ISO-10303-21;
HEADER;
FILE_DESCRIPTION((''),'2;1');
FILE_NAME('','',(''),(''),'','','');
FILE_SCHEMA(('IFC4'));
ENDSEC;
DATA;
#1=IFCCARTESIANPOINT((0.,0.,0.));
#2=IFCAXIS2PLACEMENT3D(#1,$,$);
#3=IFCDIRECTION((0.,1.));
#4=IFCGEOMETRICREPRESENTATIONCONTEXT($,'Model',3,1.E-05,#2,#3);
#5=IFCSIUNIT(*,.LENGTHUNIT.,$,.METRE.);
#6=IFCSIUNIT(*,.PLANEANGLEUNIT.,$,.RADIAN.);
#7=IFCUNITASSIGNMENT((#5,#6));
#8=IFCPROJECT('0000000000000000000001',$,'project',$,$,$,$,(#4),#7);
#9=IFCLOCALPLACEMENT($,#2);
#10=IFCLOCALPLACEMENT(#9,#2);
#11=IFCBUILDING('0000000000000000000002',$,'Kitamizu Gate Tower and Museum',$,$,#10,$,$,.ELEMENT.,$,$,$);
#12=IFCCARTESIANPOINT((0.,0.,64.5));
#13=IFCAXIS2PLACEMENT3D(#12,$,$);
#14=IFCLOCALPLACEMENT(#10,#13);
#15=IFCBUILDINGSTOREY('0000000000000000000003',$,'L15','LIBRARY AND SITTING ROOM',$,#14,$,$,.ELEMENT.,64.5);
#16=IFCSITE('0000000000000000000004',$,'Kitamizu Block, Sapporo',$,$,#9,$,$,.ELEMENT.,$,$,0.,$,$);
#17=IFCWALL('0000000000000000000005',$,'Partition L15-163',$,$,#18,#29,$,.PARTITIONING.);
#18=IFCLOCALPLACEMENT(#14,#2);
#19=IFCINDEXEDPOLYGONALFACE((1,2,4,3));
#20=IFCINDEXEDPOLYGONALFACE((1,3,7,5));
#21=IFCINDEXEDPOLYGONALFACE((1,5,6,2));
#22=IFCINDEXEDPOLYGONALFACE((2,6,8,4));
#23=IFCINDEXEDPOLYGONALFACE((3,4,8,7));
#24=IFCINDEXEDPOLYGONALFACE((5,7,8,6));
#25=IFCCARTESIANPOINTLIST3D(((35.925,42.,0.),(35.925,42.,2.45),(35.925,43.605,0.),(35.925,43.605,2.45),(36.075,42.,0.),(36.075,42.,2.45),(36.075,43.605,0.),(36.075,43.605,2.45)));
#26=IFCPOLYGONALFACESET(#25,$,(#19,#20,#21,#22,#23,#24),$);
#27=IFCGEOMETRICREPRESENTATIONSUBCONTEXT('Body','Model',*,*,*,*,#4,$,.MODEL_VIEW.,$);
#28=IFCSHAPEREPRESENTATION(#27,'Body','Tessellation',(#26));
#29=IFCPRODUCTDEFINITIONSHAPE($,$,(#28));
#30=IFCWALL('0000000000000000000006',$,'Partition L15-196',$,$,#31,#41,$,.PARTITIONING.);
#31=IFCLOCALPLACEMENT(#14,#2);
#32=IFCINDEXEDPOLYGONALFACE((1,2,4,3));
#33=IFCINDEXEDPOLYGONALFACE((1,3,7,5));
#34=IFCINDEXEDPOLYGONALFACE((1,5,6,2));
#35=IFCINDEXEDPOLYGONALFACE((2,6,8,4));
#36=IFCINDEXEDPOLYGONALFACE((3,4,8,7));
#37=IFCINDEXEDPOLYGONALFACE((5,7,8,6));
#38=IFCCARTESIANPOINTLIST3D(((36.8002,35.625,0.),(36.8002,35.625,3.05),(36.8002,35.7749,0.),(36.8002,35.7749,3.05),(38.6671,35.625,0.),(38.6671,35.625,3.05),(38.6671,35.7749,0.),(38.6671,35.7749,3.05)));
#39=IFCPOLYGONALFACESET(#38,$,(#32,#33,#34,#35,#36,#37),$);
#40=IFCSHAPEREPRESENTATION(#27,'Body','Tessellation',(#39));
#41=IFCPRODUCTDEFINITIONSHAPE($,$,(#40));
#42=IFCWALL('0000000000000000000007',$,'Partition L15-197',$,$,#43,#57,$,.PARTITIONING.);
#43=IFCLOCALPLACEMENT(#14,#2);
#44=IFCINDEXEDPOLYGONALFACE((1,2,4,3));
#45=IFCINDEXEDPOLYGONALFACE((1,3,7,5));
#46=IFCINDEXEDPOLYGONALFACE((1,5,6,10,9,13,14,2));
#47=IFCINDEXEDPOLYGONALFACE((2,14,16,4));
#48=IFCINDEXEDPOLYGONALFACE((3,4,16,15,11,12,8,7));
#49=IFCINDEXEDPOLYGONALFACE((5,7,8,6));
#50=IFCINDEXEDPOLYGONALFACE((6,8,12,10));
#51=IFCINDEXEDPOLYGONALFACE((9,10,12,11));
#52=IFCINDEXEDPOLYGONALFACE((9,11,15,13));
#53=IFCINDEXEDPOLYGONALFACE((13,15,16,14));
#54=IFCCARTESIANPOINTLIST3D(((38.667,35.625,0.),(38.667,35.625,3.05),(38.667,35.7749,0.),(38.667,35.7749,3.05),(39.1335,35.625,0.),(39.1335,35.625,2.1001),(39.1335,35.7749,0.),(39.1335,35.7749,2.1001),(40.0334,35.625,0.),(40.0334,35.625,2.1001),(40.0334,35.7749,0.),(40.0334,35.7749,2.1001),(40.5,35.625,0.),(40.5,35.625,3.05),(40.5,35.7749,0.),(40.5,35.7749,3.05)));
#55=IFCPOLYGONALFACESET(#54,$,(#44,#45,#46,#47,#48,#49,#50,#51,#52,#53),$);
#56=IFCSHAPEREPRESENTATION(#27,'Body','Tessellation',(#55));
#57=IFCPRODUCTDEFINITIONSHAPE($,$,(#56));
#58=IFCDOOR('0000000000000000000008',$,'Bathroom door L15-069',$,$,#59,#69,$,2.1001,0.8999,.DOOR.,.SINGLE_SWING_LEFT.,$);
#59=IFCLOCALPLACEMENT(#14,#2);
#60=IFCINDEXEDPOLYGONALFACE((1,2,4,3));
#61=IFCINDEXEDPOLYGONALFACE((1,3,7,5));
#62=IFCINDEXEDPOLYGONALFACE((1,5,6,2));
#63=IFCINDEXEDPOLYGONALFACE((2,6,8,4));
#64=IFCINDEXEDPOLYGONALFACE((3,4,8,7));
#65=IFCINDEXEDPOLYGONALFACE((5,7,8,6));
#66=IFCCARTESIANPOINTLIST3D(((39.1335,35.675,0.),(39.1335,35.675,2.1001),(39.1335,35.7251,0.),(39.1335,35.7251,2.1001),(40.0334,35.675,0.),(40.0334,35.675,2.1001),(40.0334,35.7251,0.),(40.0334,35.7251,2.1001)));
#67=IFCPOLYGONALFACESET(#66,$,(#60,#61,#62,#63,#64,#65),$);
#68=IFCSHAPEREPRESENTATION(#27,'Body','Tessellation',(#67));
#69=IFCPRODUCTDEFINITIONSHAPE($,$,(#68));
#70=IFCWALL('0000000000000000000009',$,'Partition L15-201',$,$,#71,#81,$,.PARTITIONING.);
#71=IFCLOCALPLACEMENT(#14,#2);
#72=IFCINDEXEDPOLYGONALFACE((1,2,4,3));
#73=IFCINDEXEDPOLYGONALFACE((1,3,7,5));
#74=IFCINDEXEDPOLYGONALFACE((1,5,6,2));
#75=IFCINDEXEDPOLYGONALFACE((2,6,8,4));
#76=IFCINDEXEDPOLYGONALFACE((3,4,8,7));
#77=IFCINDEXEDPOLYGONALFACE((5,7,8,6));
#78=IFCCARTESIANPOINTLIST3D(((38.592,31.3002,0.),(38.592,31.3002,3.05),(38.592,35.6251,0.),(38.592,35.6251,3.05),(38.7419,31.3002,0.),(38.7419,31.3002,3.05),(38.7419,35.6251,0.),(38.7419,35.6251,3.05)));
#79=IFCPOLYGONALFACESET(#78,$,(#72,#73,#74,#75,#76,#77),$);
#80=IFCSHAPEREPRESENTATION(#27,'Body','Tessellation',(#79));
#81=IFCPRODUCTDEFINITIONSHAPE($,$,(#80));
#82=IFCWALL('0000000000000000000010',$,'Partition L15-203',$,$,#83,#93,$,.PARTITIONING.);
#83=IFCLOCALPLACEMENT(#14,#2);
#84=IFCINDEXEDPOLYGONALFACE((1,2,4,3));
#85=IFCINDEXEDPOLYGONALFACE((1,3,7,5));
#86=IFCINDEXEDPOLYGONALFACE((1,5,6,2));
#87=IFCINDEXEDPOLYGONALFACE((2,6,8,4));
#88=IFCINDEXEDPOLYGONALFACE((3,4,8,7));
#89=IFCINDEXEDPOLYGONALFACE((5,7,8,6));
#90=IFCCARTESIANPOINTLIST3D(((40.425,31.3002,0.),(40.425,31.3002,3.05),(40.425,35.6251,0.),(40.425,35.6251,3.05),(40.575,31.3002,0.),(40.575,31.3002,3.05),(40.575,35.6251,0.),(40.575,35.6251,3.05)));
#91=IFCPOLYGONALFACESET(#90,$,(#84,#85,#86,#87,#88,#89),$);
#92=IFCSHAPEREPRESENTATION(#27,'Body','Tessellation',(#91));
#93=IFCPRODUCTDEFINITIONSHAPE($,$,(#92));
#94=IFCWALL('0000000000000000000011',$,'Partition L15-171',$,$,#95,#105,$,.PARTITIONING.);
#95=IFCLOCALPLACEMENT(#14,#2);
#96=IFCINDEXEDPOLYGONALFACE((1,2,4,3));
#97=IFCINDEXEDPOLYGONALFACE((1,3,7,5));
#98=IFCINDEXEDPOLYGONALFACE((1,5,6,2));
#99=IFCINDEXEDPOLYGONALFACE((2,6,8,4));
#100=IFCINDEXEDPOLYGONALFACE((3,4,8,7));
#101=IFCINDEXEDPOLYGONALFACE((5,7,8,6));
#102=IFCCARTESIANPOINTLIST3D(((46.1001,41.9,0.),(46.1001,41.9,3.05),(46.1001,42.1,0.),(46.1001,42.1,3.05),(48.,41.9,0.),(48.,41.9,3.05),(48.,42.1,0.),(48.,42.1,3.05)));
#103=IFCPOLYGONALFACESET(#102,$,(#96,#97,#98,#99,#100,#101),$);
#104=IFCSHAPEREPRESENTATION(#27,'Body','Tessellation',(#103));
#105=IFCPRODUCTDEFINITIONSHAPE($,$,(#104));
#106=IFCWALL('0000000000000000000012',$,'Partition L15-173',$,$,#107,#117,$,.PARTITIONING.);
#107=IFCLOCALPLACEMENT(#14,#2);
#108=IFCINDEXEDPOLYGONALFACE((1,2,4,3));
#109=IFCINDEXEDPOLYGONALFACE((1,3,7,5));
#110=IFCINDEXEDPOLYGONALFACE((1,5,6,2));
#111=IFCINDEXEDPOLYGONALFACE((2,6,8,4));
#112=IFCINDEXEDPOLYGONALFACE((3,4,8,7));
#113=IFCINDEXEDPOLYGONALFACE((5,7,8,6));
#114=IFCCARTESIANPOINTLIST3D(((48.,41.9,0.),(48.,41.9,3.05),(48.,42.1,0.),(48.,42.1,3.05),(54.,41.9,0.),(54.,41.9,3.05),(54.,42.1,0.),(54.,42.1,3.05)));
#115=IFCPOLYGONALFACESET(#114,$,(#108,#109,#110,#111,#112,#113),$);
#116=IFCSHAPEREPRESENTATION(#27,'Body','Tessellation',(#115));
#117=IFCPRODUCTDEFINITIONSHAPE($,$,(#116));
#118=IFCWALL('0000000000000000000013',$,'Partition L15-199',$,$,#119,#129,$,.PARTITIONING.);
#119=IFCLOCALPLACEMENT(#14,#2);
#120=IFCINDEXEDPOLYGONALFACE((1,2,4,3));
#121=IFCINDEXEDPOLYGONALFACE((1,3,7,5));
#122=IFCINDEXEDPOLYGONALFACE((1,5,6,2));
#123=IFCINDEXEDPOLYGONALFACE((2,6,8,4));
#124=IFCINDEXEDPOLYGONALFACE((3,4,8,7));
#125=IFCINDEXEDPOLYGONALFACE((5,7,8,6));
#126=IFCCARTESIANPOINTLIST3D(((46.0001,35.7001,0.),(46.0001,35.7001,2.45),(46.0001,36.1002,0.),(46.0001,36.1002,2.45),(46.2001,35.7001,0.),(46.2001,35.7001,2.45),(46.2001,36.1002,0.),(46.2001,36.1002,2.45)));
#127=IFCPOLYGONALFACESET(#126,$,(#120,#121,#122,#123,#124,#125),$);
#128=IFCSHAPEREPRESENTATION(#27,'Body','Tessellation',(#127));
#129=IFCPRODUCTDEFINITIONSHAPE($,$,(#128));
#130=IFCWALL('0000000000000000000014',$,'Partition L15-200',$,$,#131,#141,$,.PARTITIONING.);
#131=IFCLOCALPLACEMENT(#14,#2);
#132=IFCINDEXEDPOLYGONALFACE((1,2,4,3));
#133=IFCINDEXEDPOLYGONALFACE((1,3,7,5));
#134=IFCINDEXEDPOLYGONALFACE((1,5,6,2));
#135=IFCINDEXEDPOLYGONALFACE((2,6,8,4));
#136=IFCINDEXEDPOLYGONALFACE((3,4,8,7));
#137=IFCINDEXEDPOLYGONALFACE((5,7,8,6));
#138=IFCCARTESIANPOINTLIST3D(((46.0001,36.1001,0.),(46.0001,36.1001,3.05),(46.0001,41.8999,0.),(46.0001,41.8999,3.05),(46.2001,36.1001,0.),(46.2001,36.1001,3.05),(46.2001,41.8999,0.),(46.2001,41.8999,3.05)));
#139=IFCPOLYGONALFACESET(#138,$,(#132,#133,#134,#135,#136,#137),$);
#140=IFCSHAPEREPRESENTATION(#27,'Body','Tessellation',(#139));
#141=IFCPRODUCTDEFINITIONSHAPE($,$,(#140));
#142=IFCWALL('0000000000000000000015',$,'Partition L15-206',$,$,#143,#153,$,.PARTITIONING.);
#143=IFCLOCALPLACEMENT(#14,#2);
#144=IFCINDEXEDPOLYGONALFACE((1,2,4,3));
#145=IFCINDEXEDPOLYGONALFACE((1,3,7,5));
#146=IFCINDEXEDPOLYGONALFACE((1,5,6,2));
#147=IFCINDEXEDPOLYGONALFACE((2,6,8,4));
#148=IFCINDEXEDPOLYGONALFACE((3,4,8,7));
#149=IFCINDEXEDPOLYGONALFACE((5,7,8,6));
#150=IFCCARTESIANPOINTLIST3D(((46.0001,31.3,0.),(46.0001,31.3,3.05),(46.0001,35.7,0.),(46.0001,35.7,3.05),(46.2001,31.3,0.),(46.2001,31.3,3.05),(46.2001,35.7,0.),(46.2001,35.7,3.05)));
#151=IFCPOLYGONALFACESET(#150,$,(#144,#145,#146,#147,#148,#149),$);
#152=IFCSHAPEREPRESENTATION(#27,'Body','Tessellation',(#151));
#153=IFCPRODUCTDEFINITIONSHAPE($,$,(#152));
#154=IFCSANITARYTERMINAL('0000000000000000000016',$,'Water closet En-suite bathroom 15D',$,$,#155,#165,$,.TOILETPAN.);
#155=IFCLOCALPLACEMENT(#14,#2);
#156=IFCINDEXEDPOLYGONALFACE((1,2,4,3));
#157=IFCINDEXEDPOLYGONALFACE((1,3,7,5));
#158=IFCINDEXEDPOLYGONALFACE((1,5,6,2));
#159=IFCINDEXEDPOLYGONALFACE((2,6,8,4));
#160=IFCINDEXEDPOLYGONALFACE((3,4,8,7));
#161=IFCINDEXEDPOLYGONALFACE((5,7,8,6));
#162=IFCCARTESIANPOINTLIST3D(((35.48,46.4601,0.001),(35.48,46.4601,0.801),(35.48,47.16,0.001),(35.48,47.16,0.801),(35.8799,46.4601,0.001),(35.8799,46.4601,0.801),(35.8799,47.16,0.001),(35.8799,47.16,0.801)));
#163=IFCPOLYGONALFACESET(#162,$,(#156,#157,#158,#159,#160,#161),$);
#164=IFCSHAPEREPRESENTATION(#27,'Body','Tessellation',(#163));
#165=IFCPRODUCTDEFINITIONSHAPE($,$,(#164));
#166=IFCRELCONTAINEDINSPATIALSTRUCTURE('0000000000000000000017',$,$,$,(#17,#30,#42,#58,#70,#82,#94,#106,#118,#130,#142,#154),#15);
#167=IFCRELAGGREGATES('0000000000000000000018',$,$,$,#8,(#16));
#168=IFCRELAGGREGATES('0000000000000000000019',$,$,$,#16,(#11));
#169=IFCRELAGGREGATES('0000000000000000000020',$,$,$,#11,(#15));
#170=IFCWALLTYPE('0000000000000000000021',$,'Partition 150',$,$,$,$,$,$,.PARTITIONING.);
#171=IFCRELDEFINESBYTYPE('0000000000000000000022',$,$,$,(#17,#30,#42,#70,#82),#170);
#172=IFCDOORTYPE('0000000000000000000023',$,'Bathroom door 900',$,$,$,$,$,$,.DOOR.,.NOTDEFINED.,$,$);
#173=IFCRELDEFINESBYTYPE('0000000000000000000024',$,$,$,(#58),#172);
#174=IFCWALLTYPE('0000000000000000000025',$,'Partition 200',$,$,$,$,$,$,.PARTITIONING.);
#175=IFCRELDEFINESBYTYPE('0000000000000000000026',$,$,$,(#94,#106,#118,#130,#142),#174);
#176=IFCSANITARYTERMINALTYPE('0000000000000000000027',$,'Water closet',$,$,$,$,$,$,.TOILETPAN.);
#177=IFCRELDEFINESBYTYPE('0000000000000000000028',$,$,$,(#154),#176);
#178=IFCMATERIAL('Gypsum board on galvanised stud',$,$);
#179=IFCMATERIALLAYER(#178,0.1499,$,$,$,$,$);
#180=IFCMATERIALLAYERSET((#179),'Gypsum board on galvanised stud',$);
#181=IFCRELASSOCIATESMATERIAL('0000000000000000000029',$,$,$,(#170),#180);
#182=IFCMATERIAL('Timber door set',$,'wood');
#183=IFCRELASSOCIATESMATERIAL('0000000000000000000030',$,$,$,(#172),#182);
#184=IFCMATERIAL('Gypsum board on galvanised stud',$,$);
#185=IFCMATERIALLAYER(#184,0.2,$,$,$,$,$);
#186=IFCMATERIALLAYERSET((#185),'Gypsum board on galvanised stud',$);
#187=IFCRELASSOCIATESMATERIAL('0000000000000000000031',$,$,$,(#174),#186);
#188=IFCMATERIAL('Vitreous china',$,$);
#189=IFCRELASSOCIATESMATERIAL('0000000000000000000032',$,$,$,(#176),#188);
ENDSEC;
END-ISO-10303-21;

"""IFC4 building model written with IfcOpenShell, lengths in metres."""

from ifc_helpers import new_model, si_unit, direction, frame, frame_2d, origin, origin_2d, place, context, subcontext, project, spatial, rectangle, extrude, material, layer, layer_set, type_object, element, fill, save


model = new_model("IFC4")

# Units and contexts
model_context = context("Model", 3, precision=1e-05, world=origin(), true_north=direction((0.0, 1.0)))
body_context = subcontext(model_context, "Body", "Model", "MODEL_VIEW")
ifc_project = project(units=[si_unit("LENGTHUNIT", "METRE"), si_unit("PLANEANGLEUNIT", "RADIAN")], contexts=[model_context])

# Site, building, storey
site_placement = place(None, origin())
site = spatial("IfcSite", under=ifc_project, at=site_placement, Name="Kitamizu Block, Sapporo", CompositionType="ELEMENT", RefElevation=0.0)
building_placement = place(site_placement, origin())
building = spatial("IfcBuilding", under=site, at=building_placement, Name="Kitamizu Gate Tower and Museum", CompositionType="ELEMENT")
storey_placement = place(building_placement, frame((0.0, 0.0, 64.5)))
storey = spatial("IfcBuildingStorey", under=building, at=storey_placement, Name="L15", Description="LIBRARY AND SITTING ROOM", CompositionType="ELEMENT", Elevation=64.5)

# Walls
ifc_material_1 = material(Name="Gypsum board on galvanised stud")
ifc_layer_1 = layer(ifc_material_1, 0.1499)
ifc_layer_set_1 = layer_set([ifc_layer_1], Name="Gypsum board on galvanised stud")
wall_type_1 = type_object("IfcWallType", Name="Partition 150", PredefinedType="PARTITIONING", material=ifc_layer_set_1)
wall_1_placement = place(storey_placement, frame((36.0, 42.0, 0.0), z_axis=(0.0, 0.0, 1.0), x_axis=(0.0, 1.0, 0.0)))
element("IfcWall", 1, at=wall_1_placement, inside=storey, type_object=wall_type_1, Name="Partition L15-163", PredefinedType="PARTITIONING", context=body_context, shape_type="SweptSolid", body=[
    extrude(rectangle(XDim=1.605, YDim=0.1499, at=frame_2d((0.8025, 0.0))), origin(), (0.0, 0.0, 1.0), 2.45),
])
wall_2_placement = place(storey_placement, frame((36.8, 35.7, 0.0), z_axis=(0.0, 0.0, 1.0), x_axis=(1.0, 0.0, 0.0)))
element("IfcWall", 2, at=wall_2_placement, inside=storey, type_object=wall_type_1, Name="Partition L15-196", PredefinedType="PARTITIONING", context=body_context, shape_type="SweptSolid", body=[
    extrude(rectangle(XDim=1.8669, YDim=0.1499, at=frame_2d((0.9336, 0.0))), origin(), (0.0, 0.0, 1.0), 3.05),
])

# Wall, opening, door
wall_3_placement = place(storey_placement, frame((38.667, 35.7, 0.0), z_axis=(0.0, 0.0, 1.0), x_axis=(1.0, 0.0, 0.0)))
wall_3 = element("IfcWall", 3, at=wall_3_placement, inside=storey, type_object=wall_type_1, Name="Partition L15-197", PredefinedType="PARTITIONING", context=body_context, shape_type="SweptSolid", body=[
    extrude(rectangle(XDim=1.833, YDim=0.1499, at=frame_2d((0.9165, 0.0))), origin(), (0.0, 0.0, 1.0), 3.05),
])
opening_1_placement = place(wall_3_placement, frame((0.4666, 0.0, 0.0)))
opening_1 = element("IfcOpeningElement", 4, at=opening_1_placement, cuts=wall_3, PredefinedType="OPENING", context=body_context, shape_type="SweptSolid", body=[
    extrude(rectangle(XDim=0.8999, YDim=2.1001, at=frame_2d((0.45, 1.05))), frame((0.0, 0.085, 0.0), z_axis=(0.0, -1.0, 0.0), x_axis=(1.0, 0.0, 0.0)), (0.0, 0.0, 1.0), 0.1699),
])
ifc_material_2 = material(Name="Timber door set", Category="wood")
door_type_1 = type_object("IfcDoorType", Name="Bathroom door 900", OperationType="NOTDEFINED", PredefinedType="DOOR", material=ifc_material_2)
door_1_placement = place(opening_1_placement, frame((0.8999, 0.0, 0.0), x_axis=(-1.0, 0.0, 0.0)))
door_1 = element("IfcDoor", 5, at=door_1_placement, inside=storey, type_object=door_type_1, Name="Bathroom door L15-069", OperationType="SINGLE_SWING_LEFT", OverallHeight=2.1001, OverallWidth=0.8999, PredefinedType="DOOR", context=body_context, shape_type="SweptSolid", body=[
    extrude(rectangle(XDim=0.8999, YDim=2.1001, at=frame_2d((0.45, 1.05))), frame((0.0, 0.0249, 0.0), z_axis=(0.0, -1.0, 0.0), x_axis=(1.0, 0.0, 0.0)), (0.0, 0.0, 1.0), 0.05),
])
fill(opening_1, door_1)

# Walls
for number, where, z_axis, x_axis, name in (
    (6, (38.667, 31.3, 0.0), (0.0, 0.0, 1.0), (0.0, 1.0, 0.0), "Partition L15-201"),
    (7, (40.5, 31.3, 0.0), (0.0, 0.0, 1.0), (0.0, 1.0, 0.0), "Partition L15-203"),
):
    element("IfcWall", number, at=place(storey_placement, frame(where, z_axis=z_axis, x_axis=x_axis)), inside=storey, type_object=wall_type_1, Name=name, PredefinedType="PARTITIONING", context=body_context, shape_type="SweptSolid", body=[
        extrude(rectangle(XDim=4.325, YDim=0.1499, at=frame_2d((2.1626, 0.0))), origin(), (0.0, 0.0, 1.0), 3.05),
    ])
ifc_material_3 = material(Name="Gypsum board on galvanised stud")
ifc_layer_2 = layer(ifc_material_3, 0.2)
ifc_layer_set_2 = layer_set([ifc_layer_2], Name="Gypsum board on galvanised stud")
wall_type_2 = type_object("IfcWallType", Name="Partition 200", PredefinedType="PARTITIONING", material=ifc_layer_set_2)
wall_4_placement = place(storey_placement, frame((46.1001, 42.0, 0.0), z_axis=(0.0, 0.0, 1.0), x_axis=(1.0, 0.0, 0.0)))
element("IfcWall", 8, at=wall_4_placement, inside=storey, type_object=wall_type_2, Name="Partition L15-171", PredefinedType="PARTITIONING", context=body_context, shape_type="SweptSolid", body=[
    extrude(rectangle(XDim=1.8999, YDim=0.2, at=frame_2d((0.95, 0.0))), origin(), (0.0, 0.0, 1.0), 3.05),
])
wall_5_placement = place(storey_placement, frame((48.0, 42.0, 0.0), z_axis=(0.0, 0.0, 1.0), x_axis=(1.0, 0.0, 0.0)))
element("IfcWall", 9, at=wall_5_placement, inside=storey, type_object=wall_type_2, Name="Partition L15-173", PredefinedType="PARTITIONING", context=body_context, shape_type="SweptSolid", body=[
    extrude(rectangle(XDim=6.0, YDim=0.2, at=frame_2d((3.0, 0.0))), origin(), (0.0, 0.0, 1.0), 3.05),
])
wall_6_placement = place(storey_placement, frame((46.1001, 35.7, 0.0), z_axis=(0.0, 0.0, 1.0), x_axis=(0.0, 1.0, 0.0)))
element("IfcWall", 10, at=wall_6_placement, inside=storey, type_object=wall_type_2, Name="Partition L15-199", PredefinedType="PARTITIONING", context=body_context, shape_type="SweptSolid", body=[
    extrude(rectangle(XDim=0.4001, YDim=0.2, at=frame_2d((0.2002, 0.0))), origin(), (0.0, 0.0, 1.0), 2.45),
])
wall_7_placement = place(storey_placement, frame((46.1001, 36.1001, 0.0), z_axis=(0.0, 0.0, 1.0), x_axis=(0.0, 1.0, 0.0)))
element("IfcWall", 11, at=wall_7_placement, inside=storey, type_object=wall_type_2, Name="Partition L15-200", PredefinedType="PARTITIONING", context=body_context, shape_type="SweptSolid", body=[
    extrude(rectangle(XDim=5.7998, YDim=0.2, at=frame_2d((2.8999, 0.0))), origin(), (0.0, 0.0, 1.0), 3.05),
])
wall_8_placement = place(storey_placement, frame((46.1001, 31.3, 0.0), z_axis=(0.0, 0.0, 1.0), x_axis=(0.0, 1.0, 0.0)))
element("IfcWall", 12, at=wall_8_placement, inside=storey, type_object=wall_type_2, Name="Partition L15-206", PredefinedType="PARTITIONING", context=body_context, shape_type="SweptSolid", body=[
    extrude(rectangle(XDim=4.3999, YDim=0.2, at=frame_2d((2.2, 0.0))), origin(), (0.0, 0.0, 1.0), 3.05),
])

# Sanitary terminal
ifc_material_4 = material(Name="Vitreous china")
sanitary_terminal_type = type_object("IfcSanitaryTerminalType", Name="Water closet", PredefinedType="TOILETPAN", material=ifc_material_4)
sanitary_terminal_placement = place(storey_placement, frame((35.6799, 46.8101, 0.001), z_axis=(0.0, 0.0, 1.0), x_axis=(1.0, 0.0, 0.0)))
element("IfcSanitaryTerminal", 13, at=sanitary_terminal_placement, inside=storey, type_object=sanitary_terminal_type, Name="Water closet En-suite bathroom 15D", PredefinedType="TOILETPAN", context=body_context, shape_type="SweptSolid", body=[
    extrude(rectangle(XDim=0.3999, YDim=0.7, at=origin_2d()), origin(), (0.0, 0.0, 1.0), 0.8),
])

save(model, "model.ifc")
